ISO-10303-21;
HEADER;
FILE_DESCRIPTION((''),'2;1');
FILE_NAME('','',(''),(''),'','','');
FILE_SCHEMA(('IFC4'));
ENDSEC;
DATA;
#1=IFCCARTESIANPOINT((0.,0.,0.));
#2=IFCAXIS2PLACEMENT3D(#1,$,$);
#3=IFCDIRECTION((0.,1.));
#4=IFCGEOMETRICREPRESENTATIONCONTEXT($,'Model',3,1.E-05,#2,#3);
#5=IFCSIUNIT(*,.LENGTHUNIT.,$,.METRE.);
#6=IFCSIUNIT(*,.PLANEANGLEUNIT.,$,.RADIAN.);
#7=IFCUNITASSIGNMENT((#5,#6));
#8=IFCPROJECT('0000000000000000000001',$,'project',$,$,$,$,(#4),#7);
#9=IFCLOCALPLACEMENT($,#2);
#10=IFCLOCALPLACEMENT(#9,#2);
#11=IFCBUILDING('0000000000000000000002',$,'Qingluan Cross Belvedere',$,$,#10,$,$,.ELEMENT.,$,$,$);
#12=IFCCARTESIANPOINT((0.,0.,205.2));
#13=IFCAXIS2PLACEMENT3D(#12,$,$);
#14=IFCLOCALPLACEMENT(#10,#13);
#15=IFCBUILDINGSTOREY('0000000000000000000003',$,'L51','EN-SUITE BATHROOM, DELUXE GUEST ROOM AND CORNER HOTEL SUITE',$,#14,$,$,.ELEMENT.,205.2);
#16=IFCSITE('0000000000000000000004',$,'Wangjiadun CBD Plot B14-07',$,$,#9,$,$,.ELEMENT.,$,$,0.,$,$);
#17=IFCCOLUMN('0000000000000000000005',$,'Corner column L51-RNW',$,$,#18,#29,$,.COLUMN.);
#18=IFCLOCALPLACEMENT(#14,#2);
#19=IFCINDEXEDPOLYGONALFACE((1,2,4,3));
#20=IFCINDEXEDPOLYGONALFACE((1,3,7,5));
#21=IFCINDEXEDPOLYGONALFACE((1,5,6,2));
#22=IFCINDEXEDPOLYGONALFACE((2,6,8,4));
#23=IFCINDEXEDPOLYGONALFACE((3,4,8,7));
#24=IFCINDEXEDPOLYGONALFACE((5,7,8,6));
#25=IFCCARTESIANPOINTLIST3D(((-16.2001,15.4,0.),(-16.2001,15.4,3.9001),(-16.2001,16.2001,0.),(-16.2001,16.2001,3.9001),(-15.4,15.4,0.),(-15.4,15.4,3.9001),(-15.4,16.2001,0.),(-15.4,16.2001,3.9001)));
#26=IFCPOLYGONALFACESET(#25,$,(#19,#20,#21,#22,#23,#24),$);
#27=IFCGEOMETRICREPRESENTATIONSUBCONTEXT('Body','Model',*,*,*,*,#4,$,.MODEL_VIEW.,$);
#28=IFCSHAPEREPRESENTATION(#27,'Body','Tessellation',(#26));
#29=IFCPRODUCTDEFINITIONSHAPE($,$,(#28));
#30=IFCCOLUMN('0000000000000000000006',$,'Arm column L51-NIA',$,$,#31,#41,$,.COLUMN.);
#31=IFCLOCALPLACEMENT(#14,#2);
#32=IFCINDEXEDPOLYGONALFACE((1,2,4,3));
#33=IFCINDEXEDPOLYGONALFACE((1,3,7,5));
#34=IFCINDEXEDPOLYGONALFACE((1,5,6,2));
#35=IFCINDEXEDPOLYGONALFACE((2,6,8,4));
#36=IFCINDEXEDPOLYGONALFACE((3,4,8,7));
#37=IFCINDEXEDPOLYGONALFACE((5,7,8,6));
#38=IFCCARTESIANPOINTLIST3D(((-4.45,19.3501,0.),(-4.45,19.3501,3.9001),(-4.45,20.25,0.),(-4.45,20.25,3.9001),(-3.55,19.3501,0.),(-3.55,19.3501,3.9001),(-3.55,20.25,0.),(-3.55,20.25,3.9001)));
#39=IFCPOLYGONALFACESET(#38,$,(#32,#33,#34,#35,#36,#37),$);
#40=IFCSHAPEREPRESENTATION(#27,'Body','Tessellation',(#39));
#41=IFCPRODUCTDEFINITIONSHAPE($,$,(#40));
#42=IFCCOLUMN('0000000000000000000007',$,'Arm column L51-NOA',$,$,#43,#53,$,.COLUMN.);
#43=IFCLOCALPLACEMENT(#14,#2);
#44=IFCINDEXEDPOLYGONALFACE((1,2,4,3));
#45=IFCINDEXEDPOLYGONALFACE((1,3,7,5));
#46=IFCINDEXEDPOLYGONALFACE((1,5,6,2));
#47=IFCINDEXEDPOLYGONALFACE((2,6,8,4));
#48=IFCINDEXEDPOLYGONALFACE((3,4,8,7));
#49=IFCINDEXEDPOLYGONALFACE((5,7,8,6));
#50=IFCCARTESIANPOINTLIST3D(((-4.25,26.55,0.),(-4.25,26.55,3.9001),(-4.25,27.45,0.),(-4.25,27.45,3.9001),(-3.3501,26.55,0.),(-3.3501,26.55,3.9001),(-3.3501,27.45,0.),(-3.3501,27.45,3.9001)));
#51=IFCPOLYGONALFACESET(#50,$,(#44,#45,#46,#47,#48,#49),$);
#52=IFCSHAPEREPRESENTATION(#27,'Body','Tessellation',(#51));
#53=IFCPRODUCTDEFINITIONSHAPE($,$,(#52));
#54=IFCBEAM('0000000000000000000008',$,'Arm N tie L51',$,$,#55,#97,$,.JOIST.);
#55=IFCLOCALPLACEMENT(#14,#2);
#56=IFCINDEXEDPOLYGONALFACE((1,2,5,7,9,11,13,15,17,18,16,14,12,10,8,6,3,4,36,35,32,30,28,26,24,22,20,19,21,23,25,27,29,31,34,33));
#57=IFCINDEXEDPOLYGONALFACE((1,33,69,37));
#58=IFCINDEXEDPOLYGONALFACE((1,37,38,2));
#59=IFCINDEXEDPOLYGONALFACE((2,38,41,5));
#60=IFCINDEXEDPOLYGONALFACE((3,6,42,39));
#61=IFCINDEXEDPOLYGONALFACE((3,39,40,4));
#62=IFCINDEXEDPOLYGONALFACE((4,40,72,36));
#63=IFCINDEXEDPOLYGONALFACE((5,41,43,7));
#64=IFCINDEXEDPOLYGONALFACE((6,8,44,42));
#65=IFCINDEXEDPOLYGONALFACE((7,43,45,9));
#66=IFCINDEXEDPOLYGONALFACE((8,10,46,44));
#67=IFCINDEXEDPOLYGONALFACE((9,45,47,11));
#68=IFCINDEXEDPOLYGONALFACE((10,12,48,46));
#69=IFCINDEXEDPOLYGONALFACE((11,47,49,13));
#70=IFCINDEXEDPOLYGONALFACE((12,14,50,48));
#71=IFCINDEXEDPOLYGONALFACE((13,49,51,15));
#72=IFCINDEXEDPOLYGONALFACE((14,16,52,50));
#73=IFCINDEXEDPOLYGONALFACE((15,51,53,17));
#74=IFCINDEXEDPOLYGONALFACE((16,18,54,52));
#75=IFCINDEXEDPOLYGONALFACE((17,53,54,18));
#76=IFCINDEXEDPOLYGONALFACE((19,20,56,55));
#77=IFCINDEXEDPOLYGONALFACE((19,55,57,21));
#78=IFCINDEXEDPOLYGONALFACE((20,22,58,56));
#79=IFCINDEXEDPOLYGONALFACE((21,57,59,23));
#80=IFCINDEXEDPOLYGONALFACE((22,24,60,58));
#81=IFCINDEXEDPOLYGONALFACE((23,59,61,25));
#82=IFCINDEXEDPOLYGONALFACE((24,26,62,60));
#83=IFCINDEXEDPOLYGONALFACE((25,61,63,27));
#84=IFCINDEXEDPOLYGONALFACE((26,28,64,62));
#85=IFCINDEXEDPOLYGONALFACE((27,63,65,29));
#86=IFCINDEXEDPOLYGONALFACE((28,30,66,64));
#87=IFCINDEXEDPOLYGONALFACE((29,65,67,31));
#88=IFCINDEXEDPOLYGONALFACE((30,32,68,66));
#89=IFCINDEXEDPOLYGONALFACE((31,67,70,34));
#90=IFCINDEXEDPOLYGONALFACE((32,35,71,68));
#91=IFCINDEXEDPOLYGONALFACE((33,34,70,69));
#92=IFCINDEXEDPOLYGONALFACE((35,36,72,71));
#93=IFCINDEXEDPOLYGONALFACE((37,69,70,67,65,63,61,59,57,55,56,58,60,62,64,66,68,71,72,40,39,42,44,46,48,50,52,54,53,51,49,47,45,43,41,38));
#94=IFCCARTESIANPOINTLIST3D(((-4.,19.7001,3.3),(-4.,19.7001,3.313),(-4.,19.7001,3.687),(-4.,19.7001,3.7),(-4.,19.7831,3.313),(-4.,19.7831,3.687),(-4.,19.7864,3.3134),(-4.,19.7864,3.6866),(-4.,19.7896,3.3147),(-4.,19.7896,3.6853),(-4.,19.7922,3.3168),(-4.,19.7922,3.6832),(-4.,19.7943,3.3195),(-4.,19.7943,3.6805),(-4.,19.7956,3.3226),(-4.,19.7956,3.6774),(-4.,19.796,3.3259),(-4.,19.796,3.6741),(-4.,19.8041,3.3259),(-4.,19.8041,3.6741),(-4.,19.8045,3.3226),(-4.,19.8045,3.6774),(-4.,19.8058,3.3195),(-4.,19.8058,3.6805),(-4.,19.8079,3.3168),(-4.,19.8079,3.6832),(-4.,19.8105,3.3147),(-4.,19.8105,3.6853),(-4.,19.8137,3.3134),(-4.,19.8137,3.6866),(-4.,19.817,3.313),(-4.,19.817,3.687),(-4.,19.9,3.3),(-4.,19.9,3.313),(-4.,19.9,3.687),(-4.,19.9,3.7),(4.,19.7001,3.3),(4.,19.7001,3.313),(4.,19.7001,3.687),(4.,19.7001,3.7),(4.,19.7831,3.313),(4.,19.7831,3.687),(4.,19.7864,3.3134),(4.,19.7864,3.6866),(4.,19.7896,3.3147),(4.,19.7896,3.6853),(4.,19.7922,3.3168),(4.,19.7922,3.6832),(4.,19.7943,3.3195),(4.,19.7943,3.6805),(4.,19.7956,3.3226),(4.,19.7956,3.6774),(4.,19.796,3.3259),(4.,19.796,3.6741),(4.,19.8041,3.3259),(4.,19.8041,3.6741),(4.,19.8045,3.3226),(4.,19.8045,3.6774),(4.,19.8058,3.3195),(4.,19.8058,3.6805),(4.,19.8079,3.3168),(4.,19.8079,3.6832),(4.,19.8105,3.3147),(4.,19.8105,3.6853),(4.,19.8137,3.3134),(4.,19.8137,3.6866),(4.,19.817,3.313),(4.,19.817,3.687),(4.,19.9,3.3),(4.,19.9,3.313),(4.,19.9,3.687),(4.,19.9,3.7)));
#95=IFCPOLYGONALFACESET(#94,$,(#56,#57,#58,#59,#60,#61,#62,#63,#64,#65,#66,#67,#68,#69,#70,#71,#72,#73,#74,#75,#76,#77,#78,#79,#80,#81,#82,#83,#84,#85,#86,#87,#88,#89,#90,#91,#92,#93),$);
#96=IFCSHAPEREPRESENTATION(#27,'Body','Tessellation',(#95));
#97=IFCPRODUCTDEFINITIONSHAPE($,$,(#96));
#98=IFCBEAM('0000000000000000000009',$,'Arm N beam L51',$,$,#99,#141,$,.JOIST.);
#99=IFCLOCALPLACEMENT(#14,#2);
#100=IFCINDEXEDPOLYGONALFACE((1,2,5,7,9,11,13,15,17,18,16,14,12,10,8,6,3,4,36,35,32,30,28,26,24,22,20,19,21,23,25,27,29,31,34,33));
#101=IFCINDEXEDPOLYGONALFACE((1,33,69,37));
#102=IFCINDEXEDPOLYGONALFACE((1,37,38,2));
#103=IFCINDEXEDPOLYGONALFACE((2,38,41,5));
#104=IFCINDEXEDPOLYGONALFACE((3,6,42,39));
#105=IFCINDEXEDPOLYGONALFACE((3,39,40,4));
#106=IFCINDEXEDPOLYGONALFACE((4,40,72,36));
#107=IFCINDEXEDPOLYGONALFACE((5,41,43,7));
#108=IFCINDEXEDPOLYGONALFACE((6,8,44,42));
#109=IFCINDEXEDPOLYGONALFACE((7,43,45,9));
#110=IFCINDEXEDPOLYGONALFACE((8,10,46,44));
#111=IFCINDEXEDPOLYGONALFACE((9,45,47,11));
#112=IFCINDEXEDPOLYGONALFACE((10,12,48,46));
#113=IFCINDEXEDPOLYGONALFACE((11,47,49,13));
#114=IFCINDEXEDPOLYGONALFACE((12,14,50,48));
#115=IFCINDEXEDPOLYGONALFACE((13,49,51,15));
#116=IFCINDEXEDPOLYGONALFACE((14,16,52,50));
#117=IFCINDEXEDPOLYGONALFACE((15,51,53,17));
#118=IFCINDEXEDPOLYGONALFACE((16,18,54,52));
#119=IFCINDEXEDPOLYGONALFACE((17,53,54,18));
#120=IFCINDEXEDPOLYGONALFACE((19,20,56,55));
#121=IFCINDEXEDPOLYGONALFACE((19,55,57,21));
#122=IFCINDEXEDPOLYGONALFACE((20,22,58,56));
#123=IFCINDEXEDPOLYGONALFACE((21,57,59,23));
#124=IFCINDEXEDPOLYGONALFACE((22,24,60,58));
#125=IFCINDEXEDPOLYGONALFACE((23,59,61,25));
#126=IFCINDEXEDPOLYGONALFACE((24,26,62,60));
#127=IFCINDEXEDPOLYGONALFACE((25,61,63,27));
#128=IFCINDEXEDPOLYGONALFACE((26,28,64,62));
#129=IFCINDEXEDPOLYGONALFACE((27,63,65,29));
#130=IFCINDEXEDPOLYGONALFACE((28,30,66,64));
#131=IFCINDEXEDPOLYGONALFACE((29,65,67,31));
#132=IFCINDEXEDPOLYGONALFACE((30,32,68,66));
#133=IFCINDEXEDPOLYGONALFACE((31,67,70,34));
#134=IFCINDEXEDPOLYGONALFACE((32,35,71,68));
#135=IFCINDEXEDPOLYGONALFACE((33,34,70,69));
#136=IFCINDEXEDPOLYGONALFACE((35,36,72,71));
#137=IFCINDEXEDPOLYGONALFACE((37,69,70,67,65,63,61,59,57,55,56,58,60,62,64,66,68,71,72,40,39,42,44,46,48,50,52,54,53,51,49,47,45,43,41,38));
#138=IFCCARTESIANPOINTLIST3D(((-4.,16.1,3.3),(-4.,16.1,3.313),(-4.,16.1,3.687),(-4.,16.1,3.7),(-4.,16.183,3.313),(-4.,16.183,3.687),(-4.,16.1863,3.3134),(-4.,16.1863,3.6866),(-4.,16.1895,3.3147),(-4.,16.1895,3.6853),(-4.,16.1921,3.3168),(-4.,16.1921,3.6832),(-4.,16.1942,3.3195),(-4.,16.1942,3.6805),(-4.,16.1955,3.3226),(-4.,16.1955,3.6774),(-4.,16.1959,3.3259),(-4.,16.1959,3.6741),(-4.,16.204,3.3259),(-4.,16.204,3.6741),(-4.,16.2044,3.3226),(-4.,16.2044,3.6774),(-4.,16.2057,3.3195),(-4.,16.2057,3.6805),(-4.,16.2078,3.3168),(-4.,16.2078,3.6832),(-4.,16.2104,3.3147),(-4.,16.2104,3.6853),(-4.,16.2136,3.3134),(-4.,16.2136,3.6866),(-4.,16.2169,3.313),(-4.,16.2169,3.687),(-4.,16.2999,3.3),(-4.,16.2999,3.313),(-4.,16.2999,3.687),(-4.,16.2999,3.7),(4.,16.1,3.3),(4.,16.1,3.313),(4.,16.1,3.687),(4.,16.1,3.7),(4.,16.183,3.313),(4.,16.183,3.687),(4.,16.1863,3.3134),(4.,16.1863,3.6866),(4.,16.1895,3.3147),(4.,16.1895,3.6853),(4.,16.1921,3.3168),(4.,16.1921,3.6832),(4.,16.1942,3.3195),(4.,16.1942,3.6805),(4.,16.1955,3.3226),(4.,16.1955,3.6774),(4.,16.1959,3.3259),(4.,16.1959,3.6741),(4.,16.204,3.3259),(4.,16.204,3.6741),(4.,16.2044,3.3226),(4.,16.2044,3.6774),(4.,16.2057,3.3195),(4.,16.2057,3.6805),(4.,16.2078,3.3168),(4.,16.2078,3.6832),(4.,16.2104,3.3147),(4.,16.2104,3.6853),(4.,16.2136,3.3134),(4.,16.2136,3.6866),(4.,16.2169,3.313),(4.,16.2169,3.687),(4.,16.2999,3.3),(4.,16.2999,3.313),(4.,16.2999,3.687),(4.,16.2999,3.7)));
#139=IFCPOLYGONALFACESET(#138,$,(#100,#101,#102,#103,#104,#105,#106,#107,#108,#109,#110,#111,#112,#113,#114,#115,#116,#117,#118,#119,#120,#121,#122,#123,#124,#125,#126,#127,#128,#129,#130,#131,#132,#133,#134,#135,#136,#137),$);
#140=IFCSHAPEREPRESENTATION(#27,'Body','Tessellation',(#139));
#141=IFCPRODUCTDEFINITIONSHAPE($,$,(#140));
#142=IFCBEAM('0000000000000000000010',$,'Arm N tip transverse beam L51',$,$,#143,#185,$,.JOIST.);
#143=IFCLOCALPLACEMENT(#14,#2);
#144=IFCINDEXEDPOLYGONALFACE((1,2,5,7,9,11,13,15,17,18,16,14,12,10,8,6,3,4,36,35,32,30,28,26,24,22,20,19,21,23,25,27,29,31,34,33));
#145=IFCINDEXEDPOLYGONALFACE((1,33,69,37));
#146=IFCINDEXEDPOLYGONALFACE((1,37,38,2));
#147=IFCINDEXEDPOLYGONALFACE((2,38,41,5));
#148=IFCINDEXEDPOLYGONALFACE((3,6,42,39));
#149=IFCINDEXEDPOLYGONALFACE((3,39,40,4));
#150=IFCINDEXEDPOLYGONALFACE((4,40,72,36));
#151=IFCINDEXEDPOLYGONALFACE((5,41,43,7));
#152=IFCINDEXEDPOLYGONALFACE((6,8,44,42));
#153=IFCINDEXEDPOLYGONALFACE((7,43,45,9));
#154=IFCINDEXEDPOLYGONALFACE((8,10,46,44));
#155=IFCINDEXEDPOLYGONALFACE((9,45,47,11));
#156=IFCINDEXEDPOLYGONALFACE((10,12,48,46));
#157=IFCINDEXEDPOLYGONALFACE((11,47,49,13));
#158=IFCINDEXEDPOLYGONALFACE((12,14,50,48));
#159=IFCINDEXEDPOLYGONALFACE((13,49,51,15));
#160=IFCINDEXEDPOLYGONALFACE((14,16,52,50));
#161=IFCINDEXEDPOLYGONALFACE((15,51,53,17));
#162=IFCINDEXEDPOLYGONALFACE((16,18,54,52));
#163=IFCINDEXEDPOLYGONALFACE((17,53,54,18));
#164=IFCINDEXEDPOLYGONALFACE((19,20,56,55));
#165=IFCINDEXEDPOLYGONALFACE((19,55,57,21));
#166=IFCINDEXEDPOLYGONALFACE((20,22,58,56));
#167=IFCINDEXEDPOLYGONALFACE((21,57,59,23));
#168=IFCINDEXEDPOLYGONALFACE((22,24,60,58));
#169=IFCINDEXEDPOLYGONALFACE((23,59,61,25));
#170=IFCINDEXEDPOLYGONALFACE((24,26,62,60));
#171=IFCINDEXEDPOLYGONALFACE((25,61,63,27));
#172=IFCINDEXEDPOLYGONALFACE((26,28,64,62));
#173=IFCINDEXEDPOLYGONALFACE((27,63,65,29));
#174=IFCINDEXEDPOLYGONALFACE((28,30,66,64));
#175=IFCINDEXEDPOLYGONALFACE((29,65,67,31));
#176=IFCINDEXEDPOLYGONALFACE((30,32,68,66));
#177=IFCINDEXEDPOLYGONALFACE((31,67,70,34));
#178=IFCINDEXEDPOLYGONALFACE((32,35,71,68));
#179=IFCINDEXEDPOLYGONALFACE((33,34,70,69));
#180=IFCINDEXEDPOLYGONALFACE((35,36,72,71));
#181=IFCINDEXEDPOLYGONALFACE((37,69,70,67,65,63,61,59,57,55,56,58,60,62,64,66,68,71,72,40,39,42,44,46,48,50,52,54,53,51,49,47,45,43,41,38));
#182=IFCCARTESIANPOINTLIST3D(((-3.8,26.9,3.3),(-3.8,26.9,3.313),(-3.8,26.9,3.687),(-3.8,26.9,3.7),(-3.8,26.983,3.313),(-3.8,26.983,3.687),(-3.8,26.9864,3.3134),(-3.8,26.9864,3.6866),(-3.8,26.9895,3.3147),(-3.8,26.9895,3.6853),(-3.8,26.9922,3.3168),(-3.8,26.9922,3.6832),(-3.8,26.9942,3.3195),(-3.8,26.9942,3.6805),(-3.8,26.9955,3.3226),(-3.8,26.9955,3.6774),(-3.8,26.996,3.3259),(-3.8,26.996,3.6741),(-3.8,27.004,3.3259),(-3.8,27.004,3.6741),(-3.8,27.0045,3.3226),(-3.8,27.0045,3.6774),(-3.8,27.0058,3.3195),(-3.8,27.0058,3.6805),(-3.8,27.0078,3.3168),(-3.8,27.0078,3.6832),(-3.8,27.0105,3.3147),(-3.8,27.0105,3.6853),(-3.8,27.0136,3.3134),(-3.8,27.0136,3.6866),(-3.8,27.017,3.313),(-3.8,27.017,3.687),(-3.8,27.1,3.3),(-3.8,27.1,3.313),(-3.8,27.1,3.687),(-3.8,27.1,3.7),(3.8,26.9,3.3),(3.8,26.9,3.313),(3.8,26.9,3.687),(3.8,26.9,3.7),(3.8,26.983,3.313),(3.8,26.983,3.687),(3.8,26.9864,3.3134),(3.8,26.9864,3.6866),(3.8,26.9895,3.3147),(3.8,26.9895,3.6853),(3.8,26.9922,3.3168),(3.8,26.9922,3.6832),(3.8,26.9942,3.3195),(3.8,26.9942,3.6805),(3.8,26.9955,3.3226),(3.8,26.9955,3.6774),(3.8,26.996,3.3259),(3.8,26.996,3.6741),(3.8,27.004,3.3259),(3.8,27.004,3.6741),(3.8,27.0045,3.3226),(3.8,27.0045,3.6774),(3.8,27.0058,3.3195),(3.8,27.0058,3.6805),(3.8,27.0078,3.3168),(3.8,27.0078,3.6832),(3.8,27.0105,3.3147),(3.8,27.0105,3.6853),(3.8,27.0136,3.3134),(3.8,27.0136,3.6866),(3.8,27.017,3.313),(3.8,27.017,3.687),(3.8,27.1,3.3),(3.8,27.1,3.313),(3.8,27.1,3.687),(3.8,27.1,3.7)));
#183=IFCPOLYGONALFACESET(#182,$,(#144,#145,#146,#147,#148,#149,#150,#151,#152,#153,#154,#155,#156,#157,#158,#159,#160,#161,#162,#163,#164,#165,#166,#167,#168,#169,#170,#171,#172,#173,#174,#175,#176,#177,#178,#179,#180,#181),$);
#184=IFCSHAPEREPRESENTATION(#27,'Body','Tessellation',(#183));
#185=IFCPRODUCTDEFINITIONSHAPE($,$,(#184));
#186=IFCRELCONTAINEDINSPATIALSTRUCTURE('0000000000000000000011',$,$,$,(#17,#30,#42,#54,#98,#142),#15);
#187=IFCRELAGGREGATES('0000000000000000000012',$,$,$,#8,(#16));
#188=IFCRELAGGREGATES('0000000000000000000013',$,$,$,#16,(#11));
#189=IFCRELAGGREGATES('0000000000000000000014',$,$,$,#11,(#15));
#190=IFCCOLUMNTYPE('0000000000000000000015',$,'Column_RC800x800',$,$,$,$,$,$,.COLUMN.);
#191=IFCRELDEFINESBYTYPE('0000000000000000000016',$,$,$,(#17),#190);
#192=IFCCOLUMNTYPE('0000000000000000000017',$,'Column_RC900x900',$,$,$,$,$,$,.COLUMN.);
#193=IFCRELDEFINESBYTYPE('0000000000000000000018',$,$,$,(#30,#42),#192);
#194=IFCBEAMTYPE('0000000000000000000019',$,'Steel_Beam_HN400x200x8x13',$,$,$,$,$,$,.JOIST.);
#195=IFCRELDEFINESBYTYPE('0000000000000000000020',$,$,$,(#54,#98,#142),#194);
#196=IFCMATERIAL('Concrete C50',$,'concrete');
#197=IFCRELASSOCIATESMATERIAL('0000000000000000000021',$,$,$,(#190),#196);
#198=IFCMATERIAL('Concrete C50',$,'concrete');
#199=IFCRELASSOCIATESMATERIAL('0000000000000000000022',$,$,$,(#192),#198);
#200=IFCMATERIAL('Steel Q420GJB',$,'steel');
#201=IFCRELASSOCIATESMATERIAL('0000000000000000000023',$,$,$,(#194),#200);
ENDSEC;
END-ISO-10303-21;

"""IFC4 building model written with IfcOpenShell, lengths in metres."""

from ifc_helpers import new_model, si_unit, direction, frame, origin, origin_2d, place, context, subcontext, project, spatial, rectangle, i_section, extrude, material, material_profile, profile_set, type_object, element, save


model = new_model("IFC4")

# Units and contexts
model_context = context("Model", 3, precision=1e-05, world=origin(), true_north=direction((0.0, 1.0)))
body_context = subcontext(model_context, "Body", "Model", "MODEL_VIEW")
ifc_project = project(units=[si_unit("LENGTHUNIT", "METRE"), si_unit("PLANEANGLEUNIT", "RADIAN")], contexts=[model_context])

# Site, building, storey
site_placement = place(None, origin())
site = spatial("IfcSite", under=ifc_project, at=site_placement, Name="Wangjiadun CBD Plot B14-07", CompositionType="ELEMENT", RefElevation=0.0)
building_placement = place(site_placement, origin())
building = spatial("IfcBuilding", under=site, at=building_placement, Name="Qingluan Cross Belvedere", CompositionType="ELEMENT")
storey_placement = place(building_placement, frame((0.0, 0.0, 205.2)))
storey = spatial("IfcBuildingStorey", under=building, at=storey_placement, Name="L51", Description="EN-SUITE BATHROOM, DELUXE GUEST ROOM AND CORNER HOTEL SUITE", CompositionType="ELEMENT", Elevation=205.2)

# Columns
ifc_material_1 = material(Name="Concrete C50", Category="concrete")
ifc_material_profile_1 = material_profile(ifc_material_1, rectangle(XDim=0.8, YDim=0.8, at=origin_2d()), Name="RC800x800")
ifc_profile_set_1 = profile_set([ifc_material_profile_1], Name="Concrete C50")
column_type_1 = type_object("IfcColumnType", Name="Column_RC800x800", PredefinedType="COLUMN", material=ifc_profile_set_1)
column_placement = place(storey_placement, frame((-15.8, 15.8, 0.0), z_axis=(0.0, 0.0, 1.0), x_axis=(1.0, 0.0, 0.0)))
element("IfcColumn", 1, at=column_placement, inside=storey, type_object=column_type_1, Name="Corner column L51-RNW", PredefinedType="COLUMN", context=body_context, shape_type="SweptSolid", body=[
    extrude(rectangle(XDim=0.8, YDim=0.8, at=origin_2d()), origin(), (0.0, 0.0, 1.0), 3.9001),
])
ifc_material_2 = material(Name="Concrete C50", Category="concrete")
ifc_material_profile_2 = material_profile(ifc_material_2, rectangle(XDim=0.8999, YDim=0.8999, at=origin_2d()), Name="RC900x900")
ifc_profile_set_2 = profile_set([ifc_material_profile_2], Name="Concrete C50")
column_type_2 = type_object("IfcColumnType", Name="Column_RC900x900", PredefinedType="COLUMN", material=ifc_profile_set_2)
for number, where, z_axis, x_axis, name in (
    (2, (-4.0, 19.8, 0.0), (0.0, 0.0, 1.0), (1.0, 0.0, 0.0), "Arm column L51-NIA"),
    (3, (-3.8, 27.0, 0.0), (0.0, 0.0, 1.0), (1.0, 0.0, 0.0), "Arm column L51-NOA"),
):
    element("IfcColumn", number, at=place(storey_placement, frame(where, z_axis=z_axis, x_axis=x_axis)), inside=storey, type_object=column_type_2, Name=name, PredefinedType="COLUMN", context=body_context, shape_type="SweptSolid", body=[
        extrude(rectangle(XDim=0.8999, YDim=0.8999, at=origin_2d()), origin(), (0.0, 0.0, 1.0), 3.9001),
    ])

# Beams
ifc_material_3 = material(Name="Steel Q420GJB", Category="steel")
ifc_material_profile_3 = material_profile(ifc_material_3, i_section(OverallWidth=0.2, OverallDepth=0.3999, WebThickness=0.0081, FlangeThickness=0.0129, FilletRadius=0.0129, at=origin_2d()), Name="HN400x200x8x13")
ifc_profile_set_3 = profile_set([ifc_material_profile_3], Name="Steel Q420GJB")
beam_type_1 = type_object("IfcBeamType", Name="Steel_Beam_HN400x200x8x13", PredefinedType="JOIST", material=ifc_profile_set_3)
for number, where, z_axis, x_axis, name in (
    (4, (-4.0, 19.8, 3.5), (1.0, 0.0, 0.0), (0.0, 1.0, 0.0), "Arm N tie L51"),
    (5, (-4.0, 16.2, 3.5), (1.0, 0.0, 0.0), (0.0, 1.0, 0.0), "Arm N beam L51"),
):
    element("IfcBeam", number, at=place(storey_placement, frame(where, z_axis=z_axis, x_axis=x_axis)), inside=storey, type_object=beam_type_1, Name=name, PredefinedType="JOIST", context=body_context, shape_type="SweptSolid", body=[
        extrude(i_section(OverallWidth=0.2, OverallDepth=0.3999, WebThickness=0.0081, FlangeThickness=0.0129, FilletRadius=0.0129, at=origin_2d()), origin(), (0.0, 0.0, 1.0), 8.0),
    ])
beam_1_placement = place(storey_placement, frame((-3.8, 27.0, 3.5), z_axis=(1.0, 0.0, 0.0), x_axis=(0.0, 1.0, 0.0)))
element("IfcBeam", 6, at=beam_1_placement, inside=storey, type_object=beam_type_1, Name="Arm N tip transverse beam L51", PredefinedType="JOIST", context=body_context, shape_type="SweptSolid", body=[
    extrude(i_section(OverallWidth=0.2, OverallDepth=0.3999, WebThickness=0.0081, FlangeThickness=0.0129, FilletRadius=0.0129, at=origin_2d()), origin(), (0.0, 0.0, 1.0), 7.6001),
])

save(model, "model.ifc")
